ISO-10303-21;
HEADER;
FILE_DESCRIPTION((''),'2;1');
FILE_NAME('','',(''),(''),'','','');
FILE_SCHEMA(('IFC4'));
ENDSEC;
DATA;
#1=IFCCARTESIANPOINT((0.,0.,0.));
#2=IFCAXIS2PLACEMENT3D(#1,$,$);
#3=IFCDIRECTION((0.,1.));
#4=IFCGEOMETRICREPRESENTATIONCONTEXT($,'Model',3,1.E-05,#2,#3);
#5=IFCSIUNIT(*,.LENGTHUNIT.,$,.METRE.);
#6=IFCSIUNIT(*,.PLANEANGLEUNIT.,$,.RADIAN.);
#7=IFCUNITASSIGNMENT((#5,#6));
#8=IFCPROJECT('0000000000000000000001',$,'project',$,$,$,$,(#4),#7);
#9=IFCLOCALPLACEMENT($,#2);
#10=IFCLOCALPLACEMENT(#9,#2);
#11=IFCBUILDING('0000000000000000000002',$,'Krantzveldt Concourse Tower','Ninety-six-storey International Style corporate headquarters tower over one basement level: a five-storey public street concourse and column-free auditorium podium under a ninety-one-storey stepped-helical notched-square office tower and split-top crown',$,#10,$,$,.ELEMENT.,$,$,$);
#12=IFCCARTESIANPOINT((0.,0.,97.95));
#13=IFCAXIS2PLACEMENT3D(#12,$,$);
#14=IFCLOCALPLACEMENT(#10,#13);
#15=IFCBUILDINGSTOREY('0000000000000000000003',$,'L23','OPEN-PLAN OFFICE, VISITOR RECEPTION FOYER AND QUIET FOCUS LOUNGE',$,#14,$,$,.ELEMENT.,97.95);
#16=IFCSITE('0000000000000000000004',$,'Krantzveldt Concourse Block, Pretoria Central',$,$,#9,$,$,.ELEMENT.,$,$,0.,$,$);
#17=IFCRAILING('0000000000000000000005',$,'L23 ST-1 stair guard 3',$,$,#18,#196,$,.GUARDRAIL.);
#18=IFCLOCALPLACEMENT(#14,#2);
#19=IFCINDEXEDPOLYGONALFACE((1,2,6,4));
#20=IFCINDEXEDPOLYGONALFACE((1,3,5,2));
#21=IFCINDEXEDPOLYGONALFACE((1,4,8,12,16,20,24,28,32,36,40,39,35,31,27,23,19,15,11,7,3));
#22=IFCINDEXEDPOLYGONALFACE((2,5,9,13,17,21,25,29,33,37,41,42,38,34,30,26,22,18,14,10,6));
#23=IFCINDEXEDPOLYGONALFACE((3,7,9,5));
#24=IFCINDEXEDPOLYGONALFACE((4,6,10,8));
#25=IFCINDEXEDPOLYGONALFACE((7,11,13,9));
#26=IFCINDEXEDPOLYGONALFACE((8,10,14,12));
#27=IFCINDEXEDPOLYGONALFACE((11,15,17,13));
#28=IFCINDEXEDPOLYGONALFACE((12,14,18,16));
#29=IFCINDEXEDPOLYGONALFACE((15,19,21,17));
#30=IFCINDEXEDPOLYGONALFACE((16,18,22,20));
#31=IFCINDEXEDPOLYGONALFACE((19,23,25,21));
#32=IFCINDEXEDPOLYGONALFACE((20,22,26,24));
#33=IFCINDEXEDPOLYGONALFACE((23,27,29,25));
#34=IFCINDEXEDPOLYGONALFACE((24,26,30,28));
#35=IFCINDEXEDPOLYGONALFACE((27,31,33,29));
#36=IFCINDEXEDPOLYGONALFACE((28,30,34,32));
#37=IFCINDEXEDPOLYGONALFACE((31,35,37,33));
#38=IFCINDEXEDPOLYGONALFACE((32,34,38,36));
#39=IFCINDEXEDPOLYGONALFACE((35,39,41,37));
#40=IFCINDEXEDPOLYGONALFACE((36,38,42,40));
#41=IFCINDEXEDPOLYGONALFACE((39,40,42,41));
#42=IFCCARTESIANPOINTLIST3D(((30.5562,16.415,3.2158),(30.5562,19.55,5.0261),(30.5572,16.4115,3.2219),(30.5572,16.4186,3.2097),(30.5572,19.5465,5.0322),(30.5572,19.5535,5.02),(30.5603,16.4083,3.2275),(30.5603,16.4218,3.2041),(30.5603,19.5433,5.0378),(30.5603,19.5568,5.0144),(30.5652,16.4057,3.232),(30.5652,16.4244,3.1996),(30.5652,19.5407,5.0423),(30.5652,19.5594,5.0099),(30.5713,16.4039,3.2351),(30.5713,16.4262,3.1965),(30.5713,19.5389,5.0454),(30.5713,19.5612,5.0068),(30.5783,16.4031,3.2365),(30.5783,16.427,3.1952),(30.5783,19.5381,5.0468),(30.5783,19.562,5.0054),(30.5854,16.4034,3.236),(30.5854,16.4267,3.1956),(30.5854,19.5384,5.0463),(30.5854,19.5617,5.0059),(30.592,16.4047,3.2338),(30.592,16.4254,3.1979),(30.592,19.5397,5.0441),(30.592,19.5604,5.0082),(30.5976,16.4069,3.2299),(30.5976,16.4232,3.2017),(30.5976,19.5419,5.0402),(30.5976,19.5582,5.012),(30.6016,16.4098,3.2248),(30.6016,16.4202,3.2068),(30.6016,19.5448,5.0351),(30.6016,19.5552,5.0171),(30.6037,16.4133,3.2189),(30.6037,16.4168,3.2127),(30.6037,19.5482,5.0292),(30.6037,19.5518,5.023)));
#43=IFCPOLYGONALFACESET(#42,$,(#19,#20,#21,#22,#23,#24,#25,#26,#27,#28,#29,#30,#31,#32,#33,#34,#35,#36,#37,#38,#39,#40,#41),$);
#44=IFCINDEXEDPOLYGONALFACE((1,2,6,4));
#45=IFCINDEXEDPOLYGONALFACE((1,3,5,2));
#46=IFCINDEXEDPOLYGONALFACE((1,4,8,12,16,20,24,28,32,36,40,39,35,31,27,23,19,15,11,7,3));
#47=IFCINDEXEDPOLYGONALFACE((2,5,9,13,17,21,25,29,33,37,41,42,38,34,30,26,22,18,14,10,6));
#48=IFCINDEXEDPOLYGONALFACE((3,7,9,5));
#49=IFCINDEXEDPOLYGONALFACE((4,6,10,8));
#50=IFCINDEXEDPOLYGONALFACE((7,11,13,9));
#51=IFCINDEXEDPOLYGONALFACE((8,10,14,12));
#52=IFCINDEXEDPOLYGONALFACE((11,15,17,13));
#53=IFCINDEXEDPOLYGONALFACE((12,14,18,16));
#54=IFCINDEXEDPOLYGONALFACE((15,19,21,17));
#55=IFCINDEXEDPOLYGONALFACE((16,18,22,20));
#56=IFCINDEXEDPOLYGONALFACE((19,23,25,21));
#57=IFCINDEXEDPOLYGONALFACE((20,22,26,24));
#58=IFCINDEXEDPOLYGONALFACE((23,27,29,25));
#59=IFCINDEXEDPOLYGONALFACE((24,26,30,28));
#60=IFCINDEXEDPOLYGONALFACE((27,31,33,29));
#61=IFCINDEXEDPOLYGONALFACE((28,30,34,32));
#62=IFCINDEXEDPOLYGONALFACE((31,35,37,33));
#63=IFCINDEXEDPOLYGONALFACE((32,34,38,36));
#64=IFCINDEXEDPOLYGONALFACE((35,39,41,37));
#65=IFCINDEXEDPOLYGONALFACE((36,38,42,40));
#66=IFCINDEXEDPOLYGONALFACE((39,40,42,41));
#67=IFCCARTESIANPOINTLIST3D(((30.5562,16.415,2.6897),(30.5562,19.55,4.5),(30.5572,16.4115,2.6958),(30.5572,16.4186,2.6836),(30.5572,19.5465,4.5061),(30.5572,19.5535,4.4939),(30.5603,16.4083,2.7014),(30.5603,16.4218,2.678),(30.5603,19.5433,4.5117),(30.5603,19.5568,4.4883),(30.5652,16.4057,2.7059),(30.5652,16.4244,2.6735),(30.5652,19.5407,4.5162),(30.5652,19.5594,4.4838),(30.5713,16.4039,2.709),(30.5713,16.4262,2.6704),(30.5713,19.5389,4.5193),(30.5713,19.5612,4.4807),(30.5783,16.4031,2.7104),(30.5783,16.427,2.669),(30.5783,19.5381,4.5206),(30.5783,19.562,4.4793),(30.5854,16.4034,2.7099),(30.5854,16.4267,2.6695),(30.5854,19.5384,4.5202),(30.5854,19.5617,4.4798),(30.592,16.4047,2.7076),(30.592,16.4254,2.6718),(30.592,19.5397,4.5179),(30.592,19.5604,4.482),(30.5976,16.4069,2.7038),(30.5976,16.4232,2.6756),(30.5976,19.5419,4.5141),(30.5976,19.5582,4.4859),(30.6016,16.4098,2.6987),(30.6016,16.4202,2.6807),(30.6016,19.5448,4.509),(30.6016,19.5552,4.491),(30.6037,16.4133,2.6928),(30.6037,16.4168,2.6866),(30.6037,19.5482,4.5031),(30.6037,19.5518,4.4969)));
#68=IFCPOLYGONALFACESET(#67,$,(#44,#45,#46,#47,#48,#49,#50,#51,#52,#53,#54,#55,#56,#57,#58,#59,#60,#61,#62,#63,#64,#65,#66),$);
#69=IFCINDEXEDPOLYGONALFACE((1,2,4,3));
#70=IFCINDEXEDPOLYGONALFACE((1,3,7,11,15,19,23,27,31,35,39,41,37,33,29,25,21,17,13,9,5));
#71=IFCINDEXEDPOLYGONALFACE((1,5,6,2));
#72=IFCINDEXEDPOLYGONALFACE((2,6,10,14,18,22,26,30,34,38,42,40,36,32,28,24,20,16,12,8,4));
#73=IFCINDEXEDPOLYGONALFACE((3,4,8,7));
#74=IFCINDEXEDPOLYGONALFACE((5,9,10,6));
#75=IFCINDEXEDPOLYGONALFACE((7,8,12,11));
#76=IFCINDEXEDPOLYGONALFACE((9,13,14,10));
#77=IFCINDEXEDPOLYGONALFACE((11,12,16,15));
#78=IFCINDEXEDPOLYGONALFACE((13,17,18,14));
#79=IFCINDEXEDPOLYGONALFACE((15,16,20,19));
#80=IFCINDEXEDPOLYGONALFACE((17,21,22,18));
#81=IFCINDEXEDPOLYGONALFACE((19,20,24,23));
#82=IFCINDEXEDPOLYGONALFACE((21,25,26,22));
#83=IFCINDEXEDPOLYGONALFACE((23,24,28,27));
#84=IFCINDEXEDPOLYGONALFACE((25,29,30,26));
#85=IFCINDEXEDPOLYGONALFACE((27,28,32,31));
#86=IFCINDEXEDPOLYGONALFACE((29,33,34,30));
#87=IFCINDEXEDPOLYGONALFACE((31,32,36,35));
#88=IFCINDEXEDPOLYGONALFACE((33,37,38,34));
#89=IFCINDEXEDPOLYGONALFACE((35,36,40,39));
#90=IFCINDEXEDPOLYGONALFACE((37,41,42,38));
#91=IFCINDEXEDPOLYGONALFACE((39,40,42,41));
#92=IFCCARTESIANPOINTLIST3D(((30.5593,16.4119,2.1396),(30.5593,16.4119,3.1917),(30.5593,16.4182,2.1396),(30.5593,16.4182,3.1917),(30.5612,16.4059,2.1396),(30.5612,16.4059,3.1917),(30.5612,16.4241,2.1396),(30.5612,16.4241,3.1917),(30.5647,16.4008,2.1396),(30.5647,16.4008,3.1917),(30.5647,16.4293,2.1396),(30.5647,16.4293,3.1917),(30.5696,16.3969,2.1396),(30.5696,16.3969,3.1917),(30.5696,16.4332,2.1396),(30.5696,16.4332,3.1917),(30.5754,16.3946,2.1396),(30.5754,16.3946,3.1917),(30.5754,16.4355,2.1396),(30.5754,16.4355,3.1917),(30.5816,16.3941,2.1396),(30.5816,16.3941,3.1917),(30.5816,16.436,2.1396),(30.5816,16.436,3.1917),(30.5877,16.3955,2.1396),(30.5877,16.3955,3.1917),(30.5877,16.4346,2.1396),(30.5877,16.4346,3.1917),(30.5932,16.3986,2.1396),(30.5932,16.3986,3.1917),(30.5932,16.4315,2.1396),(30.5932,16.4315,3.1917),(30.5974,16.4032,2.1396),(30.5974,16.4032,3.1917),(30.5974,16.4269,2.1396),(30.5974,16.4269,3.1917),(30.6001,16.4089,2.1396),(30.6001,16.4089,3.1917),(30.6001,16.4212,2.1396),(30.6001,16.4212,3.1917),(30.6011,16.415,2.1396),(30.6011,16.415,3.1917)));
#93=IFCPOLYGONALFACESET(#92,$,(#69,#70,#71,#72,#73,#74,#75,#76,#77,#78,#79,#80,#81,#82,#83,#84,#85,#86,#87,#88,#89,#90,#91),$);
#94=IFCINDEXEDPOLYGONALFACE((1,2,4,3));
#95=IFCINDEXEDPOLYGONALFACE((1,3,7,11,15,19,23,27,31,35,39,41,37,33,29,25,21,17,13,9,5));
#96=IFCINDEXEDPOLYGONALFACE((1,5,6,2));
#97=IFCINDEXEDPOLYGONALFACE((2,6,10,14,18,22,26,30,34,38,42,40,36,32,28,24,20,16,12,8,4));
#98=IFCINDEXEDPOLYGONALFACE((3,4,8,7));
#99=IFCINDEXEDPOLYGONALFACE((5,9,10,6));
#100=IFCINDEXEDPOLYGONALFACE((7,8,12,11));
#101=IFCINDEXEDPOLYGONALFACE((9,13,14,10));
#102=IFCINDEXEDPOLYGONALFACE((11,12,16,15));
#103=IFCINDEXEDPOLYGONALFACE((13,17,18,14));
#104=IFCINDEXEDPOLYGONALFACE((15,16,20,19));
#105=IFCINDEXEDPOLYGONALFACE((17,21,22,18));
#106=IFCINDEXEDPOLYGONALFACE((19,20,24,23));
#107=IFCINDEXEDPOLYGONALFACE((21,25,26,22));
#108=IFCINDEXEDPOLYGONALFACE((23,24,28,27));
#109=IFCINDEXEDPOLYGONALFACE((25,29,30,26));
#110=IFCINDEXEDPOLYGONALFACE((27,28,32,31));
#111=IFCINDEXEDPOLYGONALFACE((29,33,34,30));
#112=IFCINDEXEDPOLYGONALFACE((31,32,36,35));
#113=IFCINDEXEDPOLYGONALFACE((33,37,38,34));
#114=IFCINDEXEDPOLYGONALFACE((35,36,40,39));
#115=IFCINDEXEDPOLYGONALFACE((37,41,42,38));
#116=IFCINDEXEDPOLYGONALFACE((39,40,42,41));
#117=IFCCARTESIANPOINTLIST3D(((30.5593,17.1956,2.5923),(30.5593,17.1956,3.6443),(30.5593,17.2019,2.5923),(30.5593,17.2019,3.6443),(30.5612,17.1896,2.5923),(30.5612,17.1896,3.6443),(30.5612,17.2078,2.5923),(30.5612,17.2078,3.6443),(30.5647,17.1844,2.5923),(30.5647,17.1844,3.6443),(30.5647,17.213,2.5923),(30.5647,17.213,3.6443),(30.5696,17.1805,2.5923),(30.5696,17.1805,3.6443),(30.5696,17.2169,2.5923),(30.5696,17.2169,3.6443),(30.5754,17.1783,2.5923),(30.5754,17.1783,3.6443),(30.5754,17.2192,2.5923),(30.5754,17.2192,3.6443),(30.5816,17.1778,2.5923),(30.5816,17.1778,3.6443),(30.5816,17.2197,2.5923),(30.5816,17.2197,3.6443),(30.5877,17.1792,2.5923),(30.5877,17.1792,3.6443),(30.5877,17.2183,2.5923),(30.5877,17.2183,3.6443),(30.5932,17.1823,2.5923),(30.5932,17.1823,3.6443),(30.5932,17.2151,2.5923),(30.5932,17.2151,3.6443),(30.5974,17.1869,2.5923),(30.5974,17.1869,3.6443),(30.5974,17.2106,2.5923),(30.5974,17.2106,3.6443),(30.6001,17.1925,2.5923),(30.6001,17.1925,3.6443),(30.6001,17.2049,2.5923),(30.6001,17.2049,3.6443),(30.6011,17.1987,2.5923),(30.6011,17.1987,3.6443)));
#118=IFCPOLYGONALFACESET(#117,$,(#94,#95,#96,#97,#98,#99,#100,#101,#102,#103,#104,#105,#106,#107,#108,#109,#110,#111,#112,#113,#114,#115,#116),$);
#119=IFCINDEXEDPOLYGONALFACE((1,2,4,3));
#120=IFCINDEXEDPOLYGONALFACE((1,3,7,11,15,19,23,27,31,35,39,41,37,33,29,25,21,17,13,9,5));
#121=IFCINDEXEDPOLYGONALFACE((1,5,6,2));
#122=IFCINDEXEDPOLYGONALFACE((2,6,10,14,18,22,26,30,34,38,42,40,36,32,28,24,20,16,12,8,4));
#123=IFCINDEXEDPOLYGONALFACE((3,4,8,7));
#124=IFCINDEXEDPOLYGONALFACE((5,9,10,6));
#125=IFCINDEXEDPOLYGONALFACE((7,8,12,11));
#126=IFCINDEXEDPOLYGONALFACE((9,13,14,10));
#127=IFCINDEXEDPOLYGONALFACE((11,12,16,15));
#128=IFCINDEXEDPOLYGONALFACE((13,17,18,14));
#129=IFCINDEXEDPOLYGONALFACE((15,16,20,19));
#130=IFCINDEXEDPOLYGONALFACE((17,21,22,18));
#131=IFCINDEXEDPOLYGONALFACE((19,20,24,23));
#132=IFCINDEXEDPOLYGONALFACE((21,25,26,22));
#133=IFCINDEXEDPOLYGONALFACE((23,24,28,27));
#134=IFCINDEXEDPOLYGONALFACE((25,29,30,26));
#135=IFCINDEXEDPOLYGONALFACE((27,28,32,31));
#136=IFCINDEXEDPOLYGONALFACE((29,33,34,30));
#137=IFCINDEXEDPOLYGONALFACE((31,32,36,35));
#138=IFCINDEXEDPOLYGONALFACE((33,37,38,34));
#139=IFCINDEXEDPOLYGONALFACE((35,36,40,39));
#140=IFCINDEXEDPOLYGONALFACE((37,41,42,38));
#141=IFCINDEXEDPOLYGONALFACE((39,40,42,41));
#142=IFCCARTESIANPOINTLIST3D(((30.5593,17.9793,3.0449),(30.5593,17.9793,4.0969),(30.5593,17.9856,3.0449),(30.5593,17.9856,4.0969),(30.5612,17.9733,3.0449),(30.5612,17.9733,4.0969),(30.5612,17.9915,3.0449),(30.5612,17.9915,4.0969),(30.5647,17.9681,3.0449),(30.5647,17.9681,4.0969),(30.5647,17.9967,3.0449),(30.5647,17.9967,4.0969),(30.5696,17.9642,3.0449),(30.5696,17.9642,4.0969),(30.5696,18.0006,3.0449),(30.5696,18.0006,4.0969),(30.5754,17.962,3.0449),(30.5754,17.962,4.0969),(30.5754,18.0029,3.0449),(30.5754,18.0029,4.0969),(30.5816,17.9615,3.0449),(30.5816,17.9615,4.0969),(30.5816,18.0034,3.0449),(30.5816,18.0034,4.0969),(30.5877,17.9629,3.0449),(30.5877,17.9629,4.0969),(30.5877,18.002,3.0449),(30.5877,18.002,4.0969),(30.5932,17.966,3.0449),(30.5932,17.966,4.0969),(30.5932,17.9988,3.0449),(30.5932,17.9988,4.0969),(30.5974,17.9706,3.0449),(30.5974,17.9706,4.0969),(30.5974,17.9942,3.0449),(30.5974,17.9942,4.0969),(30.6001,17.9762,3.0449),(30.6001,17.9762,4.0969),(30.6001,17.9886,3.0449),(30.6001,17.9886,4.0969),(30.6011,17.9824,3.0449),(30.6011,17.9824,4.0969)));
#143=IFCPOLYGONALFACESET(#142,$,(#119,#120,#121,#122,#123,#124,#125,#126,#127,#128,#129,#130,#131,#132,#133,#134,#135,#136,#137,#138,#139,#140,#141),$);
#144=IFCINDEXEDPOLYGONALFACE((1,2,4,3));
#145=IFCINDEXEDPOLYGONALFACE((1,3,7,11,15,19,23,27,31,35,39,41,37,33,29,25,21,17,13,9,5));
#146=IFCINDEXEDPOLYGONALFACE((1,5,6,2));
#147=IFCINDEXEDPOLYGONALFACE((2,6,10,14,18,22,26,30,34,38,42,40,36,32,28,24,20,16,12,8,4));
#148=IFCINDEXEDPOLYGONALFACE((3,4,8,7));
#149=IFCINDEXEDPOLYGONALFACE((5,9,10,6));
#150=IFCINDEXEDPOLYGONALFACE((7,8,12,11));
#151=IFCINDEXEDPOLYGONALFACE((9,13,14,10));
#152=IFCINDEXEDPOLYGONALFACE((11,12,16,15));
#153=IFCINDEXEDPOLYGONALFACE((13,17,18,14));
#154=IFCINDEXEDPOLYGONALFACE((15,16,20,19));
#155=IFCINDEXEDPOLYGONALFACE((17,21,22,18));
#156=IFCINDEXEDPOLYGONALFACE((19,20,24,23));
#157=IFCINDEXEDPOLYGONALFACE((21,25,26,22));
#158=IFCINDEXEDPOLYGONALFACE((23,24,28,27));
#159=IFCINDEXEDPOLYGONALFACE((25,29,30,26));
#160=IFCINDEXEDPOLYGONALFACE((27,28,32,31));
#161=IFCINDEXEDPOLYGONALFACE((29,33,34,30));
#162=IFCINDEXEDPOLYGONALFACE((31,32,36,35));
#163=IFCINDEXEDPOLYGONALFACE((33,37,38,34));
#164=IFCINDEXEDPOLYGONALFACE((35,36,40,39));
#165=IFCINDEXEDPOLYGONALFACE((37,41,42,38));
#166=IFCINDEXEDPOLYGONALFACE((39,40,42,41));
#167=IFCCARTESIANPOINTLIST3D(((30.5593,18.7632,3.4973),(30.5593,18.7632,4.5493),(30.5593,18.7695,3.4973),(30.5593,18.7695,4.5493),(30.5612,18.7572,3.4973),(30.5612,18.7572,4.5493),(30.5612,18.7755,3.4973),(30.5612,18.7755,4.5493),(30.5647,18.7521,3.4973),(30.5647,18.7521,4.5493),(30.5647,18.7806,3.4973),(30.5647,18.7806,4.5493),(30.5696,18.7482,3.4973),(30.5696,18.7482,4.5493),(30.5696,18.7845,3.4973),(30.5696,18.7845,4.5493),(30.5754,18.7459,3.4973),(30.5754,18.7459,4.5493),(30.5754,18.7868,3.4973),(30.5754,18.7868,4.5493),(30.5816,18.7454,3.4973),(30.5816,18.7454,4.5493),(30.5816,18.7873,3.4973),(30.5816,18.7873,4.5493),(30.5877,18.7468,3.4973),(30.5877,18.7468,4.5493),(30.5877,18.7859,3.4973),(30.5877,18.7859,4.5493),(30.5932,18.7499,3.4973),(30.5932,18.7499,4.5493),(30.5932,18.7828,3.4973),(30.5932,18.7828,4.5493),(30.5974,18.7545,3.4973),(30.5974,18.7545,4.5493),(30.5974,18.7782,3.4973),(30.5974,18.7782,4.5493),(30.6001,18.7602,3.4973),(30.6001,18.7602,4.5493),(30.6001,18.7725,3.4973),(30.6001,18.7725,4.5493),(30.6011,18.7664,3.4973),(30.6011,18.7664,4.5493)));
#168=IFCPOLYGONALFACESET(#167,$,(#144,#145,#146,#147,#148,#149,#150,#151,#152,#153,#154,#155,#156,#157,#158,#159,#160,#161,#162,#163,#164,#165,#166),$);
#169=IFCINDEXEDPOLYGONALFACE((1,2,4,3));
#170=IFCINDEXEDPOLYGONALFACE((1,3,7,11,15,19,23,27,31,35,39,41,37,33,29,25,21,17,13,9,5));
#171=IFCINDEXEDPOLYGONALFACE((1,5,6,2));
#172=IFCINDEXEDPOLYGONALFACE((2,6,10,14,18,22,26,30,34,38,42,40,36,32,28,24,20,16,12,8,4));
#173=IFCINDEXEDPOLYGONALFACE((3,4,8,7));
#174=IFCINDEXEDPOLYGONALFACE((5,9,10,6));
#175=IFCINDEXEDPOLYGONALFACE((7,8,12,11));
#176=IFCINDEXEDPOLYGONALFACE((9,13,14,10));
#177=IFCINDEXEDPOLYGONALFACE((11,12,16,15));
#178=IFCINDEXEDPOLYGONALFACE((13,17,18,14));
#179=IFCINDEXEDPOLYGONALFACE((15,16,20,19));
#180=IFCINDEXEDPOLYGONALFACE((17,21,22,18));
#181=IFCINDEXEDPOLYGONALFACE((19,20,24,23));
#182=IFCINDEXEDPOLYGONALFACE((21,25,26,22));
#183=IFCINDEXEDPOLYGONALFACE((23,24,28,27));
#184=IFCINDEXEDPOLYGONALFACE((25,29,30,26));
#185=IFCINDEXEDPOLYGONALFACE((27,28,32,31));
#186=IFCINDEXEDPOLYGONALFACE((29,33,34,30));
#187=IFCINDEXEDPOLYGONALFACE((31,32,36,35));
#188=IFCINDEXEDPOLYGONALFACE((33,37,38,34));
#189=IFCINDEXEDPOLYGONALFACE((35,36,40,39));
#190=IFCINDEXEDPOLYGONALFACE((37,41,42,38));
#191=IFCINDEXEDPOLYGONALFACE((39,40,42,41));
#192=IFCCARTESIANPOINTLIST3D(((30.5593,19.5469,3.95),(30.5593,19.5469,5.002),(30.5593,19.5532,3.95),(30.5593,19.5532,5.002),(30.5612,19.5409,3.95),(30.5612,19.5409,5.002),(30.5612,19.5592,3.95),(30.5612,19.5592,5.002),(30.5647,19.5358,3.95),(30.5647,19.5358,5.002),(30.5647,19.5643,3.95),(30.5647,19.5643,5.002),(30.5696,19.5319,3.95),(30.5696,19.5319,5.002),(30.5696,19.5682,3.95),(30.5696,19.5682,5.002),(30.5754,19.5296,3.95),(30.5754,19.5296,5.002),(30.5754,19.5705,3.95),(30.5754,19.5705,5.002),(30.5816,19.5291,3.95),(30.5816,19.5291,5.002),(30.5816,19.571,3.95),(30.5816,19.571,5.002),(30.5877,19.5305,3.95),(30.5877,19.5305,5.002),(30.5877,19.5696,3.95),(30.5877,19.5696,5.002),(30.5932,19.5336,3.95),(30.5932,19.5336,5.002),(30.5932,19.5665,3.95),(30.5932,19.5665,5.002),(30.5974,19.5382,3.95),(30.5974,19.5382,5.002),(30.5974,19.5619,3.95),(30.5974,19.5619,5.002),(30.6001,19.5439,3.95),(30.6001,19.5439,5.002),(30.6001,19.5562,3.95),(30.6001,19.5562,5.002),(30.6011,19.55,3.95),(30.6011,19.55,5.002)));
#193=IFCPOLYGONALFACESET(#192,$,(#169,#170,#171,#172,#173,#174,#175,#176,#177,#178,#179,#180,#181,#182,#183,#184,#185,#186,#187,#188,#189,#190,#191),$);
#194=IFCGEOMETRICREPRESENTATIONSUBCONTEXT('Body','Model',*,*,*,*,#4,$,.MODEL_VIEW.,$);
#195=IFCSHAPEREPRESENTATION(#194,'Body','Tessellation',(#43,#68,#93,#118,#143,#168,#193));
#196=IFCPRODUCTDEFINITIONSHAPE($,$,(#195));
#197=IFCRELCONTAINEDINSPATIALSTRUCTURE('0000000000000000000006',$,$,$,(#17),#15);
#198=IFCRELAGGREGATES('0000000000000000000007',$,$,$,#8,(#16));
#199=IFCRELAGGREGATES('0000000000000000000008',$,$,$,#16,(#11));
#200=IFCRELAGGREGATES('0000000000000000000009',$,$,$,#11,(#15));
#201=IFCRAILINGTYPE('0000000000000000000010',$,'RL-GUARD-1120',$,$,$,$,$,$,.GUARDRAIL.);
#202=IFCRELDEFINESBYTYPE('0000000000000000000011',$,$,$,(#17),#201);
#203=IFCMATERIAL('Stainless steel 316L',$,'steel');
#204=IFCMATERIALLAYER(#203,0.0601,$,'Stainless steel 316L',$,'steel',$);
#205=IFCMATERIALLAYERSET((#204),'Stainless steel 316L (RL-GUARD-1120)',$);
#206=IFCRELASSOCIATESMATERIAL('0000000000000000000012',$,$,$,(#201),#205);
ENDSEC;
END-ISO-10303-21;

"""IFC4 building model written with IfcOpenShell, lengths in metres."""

from ifc_helpers import new_model, si_unit, direction, frame, origin, origin_2d, place, context, subcontext, project, spatial, circle, extrude, material, layer, layer_set, type_object, element, save


model = new_model("IFC4")

# Units and contexts
model_context = context("Model", 3, precision=1e-05, world=origin(), true_north=direction((0.0, 1.0)))
body_context = subcontext(model_context, "Body", "Model", "MODEL_VIEW")
ifc_project = project(units=[si_unit("LENGTHUNIT", "METRE"), si_unit("PLANEANGLEUNIT", "RADIAN")], contexts=[model_context])

# Site, building, storey
site_placement = place(None, origin())
site = spatial("IfcSite", under=ifc_project, at=site_placement, Name="Krantzveldt Concourse Block, Pretoria Central", CompositionType="ELEMENT", RefElevation=0.0)
building_placement = place(site_placement, origin())
building = spatial("IfcBuilding", under=site, at=building_placement, Name="Krantzveldt Concourse Tower", Description="Ninety-six-storey International Style corporate headquarters tower over one basement level: a five-storey public street concourse and column-free auditorium podium under a ninety-one-storey stepped-helical notched-square office tower and split-top crown", CompositionType="ELEMENT")
storey_placement = place(building_placement, frame((0.0, 0.0, 97.95)))
storey = spatial("IfcBuildingStorey", under=building, at=storey_placement, Name="L23", Description="OPEN-PLAN OFFICE, VISITOR RECEPTION FOYER AND QUIET FOCUS LOUNGE", CompositionType="ELEMENT", Elevation=97.95)

# Railing
ifc_material_1 = material(Name="Stainless steel 316L", Category="steel")
ifc_layer_1 = layer(ifc_material_1, 0.0601, Name="Stainless steel 316L", Category="steel")
ifc_layer_set_1 = layer_set([ifc_layer_1], Name="Stainless steel 316L (RL-GUARD-1120)")
railing_type_1 = type_object("IfcRailingType", Name="RL-GUARD-1120", PredefinedType="GUARDRAIL", material=ifc_layer_set_1)
railing_1_placement = place(storey_placement, frame((30.5801, 16.415, 2.1396)))
element("IfcRailing", 1, at=railing_1_placement, inside=storey, type_object=railing_type_1, Name="L23 ST-1 stair guard 3", PredefinedType="GUARDRAIL", context=body_context, shape_type="SweptSolid", body=[
    extrude(circle(Radius=0.0239, at=origin_2d()), frame((0.0, 0.0, 1.0762), z_axis=(0.0, 0.865989, 0.500063), x_axis=(-1.0, 0.0, 0.0)), (0.0, 0.0, 1.0), 3.6201),
    extrude(circle(Radius=0.0239, at=origin_2d()), frame((0.0, 0.0, 0.55), z_axis=(0.0, 0.865989, 0.500063), x_axis=(-1.0, 0.0, 0.0)), (0.0, 0.0, 1.0), 3.6201),
    extrude(circle(Radius=0.021, at=origin_2d()), origin(), (0.0, 0.0, 1.0), 1.052),
    extrude(circle(Radius=0.021, at=origin_2d()), frame((0.0, 0.7837, 0.4526)), (0.0, 0.0, 1.0), 1.052),
    extrude(circle(Radius=0.021, at=origin_2d()), frame((0.0, 1.5674, 0.9053)), (0.0, 0.0, 1.0), 1.052),
    extrude(circle(Radius=0.021, at=origin_2d()), frame((0.0, 2.3513, 1.3577)), (0.0, 0.0, 1.0), 1.052),
    extrude(circle(Radius=0.021, at=origin_2d()), frame((0.0, 3.135, 1.8103)), (0.0, 0.0, 1.0), 1.052),
])

save(model, "model.ifc")
